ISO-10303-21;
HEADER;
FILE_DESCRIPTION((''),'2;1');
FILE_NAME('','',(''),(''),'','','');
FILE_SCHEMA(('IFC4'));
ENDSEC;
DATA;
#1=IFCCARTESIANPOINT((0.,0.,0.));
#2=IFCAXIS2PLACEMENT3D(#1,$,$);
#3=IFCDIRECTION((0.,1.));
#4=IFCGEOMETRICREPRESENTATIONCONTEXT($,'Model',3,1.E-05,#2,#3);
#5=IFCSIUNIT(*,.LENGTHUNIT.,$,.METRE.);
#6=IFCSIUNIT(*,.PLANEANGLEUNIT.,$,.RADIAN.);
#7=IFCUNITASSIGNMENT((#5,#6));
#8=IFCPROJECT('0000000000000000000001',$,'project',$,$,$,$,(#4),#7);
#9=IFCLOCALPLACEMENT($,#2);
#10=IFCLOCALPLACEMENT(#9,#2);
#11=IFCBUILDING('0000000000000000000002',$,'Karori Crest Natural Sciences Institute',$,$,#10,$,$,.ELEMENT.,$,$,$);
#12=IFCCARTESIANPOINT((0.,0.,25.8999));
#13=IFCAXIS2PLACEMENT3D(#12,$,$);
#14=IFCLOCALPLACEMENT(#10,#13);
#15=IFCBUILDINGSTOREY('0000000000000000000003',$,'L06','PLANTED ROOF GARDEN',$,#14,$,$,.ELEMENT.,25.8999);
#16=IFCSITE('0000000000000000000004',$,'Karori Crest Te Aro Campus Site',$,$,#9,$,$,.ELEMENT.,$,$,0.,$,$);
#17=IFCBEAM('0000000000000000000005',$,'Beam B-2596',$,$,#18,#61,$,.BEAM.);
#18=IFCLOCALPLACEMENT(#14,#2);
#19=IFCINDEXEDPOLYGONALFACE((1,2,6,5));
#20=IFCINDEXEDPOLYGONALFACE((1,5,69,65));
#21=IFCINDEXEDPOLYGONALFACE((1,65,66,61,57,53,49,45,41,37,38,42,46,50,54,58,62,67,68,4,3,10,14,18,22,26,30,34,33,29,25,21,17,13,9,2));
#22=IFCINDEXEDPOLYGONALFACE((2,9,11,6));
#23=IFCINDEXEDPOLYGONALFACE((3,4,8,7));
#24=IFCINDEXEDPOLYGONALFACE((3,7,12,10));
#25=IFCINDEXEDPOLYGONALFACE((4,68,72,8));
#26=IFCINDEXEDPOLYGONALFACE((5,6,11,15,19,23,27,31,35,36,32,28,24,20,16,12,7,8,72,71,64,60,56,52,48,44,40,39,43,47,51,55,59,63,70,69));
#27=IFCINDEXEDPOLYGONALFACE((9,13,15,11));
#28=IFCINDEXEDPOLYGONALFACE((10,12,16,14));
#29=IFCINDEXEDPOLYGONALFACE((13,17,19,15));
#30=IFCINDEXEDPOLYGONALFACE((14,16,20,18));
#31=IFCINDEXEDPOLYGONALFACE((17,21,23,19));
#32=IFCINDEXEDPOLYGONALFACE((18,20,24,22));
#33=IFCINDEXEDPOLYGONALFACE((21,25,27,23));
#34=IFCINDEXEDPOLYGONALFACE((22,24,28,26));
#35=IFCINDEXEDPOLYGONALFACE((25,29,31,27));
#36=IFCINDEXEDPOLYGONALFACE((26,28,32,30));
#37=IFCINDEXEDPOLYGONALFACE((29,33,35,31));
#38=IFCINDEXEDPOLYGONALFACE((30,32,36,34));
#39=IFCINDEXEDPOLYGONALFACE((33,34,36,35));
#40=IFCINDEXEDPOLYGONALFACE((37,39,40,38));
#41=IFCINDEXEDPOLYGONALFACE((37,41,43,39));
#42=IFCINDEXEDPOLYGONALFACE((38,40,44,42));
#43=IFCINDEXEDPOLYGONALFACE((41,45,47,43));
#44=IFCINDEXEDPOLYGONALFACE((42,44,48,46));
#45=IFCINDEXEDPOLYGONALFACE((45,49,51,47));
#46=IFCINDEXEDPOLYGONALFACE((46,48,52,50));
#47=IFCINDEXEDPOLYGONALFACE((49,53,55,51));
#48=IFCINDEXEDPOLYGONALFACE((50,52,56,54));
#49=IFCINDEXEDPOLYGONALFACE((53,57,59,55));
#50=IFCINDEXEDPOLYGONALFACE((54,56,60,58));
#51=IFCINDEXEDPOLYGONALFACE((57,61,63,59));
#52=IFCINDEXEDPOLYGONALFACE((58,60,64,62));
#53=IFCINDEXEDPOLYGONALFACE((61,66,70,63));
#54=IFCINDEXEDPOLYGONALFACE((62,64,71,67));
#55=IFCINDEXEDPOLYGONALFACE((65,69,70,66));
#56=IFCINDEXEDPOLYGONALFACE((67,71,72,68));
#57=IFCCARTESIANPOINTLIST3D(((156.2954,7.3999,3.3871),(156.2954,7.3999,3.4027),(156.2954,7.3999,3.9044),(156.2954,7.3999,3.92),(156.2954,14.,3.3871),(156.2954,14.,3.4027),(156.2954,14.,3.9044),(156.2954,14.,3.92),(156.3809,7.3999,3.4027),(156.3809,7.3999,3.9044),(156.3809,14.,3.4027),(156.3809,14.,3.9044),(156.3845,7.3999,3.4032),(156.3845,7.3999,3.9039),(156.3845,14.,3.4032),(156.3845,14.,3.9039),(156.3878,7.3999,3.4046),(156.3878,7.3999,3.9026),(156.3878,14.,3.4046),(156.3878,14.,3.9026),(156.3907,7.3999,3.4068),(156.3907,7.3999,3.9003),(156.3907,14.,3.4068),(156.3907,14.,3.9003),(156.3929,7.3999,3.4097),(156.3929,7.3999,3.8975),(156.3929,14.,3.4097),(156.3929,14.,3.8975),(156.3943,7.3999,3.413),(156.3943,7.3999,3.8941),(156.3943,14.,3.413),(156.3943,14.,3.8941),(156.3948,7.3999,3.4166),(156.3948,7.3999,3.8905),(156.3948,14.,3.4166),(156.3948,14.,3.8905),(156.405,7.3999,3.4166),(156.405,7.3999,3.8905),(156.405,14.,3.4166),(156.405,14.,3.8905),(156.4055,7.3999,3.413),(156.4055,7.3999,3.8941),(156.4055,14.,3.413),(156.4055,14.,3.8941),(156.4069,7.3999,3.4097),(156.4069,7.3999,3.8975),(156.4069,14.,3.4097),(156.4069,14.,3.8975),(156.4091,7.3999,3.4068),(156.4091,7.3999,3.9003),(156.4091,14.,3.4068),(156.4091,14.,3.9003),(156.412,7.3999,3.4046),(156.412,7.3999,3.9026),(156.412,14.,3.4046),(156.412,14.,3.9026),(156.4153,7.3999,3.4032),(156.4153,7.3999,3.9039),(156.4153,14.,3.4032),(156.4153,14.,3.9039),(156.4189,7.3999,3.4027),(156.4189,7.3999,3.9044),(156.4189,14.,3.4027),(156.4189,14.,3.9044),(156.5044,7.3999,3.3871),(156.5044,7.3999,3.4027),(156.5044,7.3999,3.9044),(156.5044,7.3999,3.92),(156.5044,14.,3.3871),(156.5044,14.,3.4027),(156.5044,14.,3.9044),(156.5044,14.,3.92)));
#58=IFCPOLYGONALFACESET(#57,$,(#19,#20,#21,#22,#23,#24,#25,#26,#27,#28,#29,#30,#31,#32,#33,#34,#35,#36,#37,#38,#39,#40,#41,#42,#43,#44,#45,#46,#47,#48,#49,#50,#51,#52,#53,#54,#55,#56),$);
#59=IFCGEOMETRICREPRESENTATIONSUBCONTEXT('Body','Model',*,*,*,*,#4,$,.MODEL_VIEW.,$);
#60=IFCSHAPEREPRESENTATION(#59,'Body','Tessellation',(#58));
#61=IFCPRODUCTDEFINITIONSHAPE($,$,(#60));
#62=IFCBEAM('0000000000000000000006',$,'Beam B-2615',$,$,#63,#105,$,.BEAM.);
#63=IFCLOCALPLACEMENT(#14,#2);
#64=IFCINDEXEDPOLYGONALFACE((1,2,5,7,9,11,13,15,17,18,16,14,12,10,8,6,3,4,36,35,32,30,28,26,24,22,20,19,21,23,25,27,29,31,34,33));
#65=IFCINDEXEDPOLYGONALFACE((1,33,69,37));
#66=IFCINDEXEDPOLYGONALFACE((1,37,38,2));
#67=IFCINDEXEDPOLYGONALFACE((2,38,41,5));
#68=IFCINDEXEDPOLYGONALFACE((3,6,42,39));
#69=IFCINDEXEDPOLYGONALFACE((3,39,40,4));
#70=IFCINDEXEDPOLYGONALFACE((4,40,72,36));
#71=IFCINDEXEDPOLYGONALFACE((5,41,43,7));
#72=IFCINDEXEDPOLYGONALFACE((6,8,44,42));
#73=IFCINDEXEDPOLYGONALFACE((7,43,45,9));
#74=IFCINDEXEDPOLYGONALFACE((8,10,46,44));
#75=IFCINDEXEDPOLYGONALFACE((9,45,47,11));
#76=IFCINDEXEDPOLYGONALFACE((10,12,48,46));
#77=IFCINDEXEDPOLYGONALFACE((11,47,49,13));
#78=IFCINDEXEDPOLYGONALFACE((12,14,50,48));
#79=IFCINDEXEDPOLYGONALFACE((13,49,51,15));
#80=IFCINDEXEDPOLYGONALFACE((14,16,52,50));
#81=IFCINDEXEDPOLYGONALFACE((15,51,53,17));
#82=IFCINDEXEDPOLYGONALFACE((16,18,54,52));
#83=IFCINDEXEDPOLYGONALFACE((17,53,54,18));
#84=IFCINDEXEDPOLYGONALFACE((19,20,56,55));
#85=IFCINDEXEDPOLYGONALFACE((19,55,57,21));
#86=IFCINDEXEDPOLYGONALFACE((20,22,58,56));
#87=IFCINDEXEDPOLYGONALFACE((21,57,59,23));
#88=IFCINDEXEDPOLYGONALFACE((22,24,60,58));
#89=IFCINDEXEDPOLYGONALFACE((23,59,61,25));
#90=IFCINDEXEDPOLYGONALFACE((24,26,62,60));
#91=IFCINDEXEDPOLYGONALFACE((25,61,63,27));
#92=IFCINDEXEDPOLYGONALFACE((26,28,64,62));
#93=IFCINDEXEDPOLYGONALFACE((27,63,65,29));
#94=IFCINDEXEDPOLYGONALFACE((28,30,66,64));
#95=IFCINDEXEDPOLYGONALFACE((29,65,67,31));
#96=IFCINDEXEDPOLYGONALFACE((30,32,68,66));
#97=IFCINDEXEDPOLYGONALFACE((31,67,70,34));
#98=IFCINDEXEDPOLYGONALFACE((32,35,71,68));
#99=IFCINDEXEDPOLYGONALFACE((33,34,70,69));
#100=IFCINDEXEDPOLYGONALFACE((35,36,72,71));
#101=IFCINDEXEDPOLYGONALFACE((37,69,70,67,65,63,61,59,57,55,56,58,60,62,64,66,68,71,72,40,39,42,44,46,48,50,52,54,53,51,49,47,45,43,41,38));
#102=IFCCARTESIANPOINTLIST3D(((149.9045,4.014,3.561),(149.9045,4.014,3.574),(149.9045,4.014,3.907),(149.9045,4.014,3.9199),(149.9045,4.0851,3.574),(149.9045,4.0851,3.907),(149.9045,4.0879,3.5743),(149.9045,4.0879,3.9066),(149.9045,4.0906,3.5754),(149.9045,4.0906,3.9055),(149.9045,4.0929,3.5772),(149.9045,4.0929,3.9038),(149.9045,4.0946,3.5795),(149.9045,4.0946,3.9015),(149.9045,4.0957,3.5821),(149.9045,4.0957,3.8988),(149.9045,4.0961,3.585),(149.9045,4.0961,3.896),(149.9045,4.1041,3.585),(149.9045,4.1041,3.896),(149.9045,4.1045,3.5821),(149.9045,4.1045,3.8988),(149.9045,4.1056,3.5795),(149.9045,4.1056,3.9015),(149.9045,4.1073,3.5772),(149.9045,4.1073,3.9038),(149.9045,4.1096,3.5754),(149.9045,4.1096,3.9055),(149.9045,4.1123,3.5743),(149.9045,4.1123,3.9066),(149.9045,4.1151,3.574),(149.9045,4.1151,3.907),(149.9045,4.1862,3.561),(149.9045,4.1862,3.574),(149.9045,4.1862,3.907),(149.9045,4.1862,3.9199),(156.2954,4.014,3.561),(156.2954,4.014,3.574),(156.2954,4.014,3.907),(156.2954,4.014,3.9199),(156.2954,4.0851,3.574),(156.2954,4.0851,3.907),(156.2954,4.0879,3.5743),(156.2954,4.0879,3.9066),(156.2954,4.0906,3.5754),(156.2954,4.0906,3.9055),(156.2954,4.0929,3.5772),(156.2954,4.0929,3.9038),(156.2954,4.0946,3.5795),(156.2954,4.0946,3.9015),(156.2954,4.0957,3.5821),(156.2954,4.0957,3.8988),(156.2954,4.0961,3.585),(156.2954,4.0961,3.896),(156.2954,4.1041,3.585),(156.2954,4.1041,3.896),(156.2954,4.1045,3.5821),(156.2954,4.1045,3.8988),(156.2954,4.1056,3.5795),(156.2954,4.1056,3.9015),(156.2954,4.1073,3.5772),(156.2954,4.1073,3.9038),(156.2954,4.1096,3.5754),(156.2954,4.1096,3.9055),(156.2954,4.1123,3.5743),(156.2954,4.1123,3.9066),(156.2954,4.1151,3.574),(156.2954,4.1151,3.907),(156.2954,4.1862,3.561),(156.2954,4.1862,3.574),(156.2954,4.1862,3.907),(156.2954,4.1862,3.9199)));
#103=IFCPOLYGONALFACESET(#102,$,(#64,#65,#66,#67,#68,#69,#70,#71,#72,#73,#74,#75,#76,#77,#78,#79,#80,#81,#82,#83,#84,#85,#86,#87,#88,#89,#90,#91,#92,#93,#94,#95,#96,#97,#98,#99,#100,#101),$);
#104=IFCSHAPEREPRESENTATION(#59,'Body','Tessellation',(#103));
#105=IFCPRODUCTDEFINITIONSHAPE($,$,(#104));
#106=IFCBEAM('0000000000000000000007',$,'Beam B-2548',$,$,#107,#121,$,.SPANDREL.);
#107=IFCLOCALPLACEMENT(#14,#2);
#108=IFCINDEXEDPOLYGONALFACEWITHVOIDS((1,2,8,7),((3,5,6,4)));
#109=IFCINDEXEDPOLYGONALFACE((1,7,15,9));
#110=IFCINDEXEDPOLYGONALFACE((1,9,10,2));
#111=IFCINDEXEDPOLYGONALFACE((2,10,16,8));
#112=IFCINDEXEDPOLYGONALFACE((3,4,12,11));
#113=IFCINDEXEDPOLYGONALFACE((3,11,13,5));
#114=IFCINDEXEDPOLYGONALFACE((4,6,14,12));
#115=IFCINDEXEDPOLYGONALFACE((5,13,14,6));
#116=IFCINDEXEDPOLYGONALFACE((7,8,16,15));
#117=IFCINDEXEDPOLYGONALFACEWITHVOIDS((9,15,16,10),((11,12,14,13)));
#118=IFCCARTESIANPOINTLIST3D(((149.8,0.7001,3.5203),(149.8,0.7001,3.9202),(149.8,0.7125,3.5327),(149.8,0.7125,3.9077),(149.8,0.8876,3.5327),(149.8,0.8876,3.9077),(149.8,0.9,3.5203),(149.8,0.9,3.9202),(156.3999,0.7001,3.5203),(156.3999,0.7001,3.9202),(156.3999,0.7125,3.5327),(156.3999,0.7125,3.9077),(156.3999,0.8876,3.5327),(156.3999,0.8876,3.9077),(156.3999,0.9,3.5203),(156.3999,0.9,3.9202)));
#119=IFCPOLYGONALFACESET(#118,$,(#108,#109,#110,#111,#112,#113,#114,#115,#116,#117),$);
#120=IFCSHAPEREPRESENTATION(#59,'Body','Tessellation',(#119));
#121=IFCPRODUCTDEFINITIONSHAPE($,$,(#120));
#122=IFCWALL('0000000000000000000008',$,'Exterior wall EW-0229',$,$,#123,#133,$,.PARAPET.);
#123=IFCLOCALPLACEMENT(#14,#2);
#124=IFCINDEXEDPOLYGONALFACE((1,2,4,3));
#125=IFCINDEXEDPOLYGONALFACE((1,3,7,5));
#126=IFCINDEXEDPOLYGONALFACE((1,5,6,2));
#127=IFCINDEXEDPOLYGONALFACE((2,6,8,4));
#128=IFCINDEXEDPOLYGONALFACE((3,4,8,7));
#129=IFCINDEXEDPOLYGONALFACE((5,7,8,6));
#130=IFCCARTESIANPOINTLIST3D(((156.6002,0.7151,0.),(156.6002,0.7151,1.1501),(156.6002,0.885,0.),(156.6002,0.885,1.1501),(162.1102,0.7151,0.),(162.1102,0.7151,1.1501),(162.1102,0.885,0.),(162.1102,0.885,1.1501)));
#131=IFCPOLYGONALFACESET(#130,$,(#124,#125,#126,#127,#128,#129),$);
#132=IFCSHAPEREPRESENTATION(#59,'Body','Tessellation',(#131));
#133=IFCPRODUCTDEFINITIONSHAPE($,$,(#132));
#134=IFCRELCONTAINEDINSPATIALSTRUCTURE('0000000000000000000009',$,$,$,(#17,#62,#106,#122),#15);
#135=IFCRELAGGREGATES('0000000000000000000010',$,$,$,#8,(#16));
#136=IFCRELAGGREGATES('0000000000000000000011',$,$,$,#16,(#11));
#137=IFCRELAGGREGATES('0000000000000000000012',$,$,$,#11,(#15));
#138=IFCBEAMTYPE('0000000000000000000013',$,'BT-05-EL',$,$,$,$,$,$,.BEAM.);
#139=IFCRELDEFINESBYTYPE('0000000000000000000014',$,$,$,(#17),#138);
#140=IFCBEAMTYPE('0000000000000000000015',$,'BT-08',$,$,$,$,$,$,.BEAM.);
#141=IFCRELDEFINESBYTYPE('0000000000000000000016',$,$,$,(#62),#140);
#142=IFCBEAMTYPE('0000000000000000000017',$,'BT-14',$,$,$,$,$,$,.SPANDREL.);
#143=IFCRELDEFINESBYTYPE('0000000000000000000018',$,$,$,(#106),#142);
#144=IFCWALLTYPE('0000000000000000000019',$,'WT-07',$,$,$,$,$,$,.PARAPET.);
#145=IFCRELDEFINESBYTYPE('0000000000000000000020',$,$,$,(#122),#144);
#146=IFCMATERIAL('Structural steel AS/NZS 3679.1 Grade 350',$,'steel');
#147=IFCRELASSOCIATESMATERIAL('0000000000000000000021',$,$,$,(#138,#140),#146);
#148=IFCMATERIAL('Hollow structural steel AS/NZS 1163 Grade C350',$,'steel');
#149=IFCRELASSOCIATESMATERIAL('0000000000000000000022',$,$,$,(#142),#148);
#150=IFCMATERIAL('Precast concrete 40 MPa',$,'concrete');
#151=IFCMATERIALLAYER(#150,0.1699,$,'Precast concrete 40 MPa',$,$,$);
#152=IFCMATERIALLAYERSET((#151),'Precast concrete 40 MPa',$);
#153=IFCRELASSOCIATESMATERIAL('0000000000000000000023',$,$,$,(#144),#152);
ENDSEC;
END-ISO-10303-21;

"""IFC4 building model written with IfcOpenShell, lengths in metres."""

from ifc_helpers import new_model, si_unit, direction, frame, frame_2d, origin, origin_2d, place, context, subcontext, project, spatial, rectangle, hollow_rectangle, i_section, extrude, material, layer, layer_set, material_profile, profile_set, type_object, element, save


model = new_model("IFC4")

# Units and contexts
model_context = context("Model", 3, precision=1e-05, world=origin(), true_north=direction((0.0, 1.0)))
body_context = subcontext(model_context, "Body", "Model", "MODEL_VIEW")
ifc_project = project(units=[si_unit("LENGTHUNIT", "METRE"), si_unit("PLANEANGLEUNIT", "RADIAN")], contexts=[model_context])

# Site, building, storey
site_placement = place(None, origin())
site = spatial("IfcSite", under=ifc_project, at=site_placement, Name="Karori Crest Te Aro Campus Site", CompositionType="ELEMENT", RefElevation=0.0)
building_placement = place(site_placement, origin())
building = spatial("IfcBuilding", under=site, at=building_placement, Name="Karori Crest Natural Sciences Institute", CompositionType="ELEMENT")
storey_placement = place(building_placement, frame((0.0, 0.0, 25.8999)))
storey = spatial("IfcBuildingStorey", under=building, at=storey_placement, Name="L06", Description="PLANTED ROOF GARDEN", CompositionType="ELEMENT", Elevation=25.8999)

# Shared definitions
ifc_material_1 = material(Name="Structural steel AS/NZS 3679.1 Grade 350", Category="steel")

# Beams
ifc_material_profile_1 = material_profile(ifc_material_1, i_section(OverallWidth=0.209, OverallDepth=0.533, WebThickness=0.0103, FlangeThickness=0.0156, FilletRadius=0.0139, at=origin_2d()), Name="530UB92.4")
ifc_profile_set_1 = profile_set([ifc_material_profile_1], Name="Structural steel AS/NZS 3679.1 Grade 350")
beam_type_1 = type_object("IfcBeamType", Name="BT-05-EL", PredefinedType="BEAM", material=ifc_profile_set_1)
beam_1_placement = place(storey_placement, frame((156.3999, 7.3999, 3.6536), z_axis=(0.0, 1.0, 0.0), x_axis=(-1.0, 0.0, 0.0)))
element("IfcBeam", 1, at=beam_1_placement, inside=storey, type_object=beam_type_1, Name="Beam B-2596", PredefinedType="BEAM", context=body_context, shape_type="SweptSolid", body=[
    extrude(i_section(OverallWidth=0.209, OverallDepth=0.533, WebThickness=0.0103, FlangeThickness=0.0156, FilletRadius=0.0139, at=origin_2d()), origin(), (0.0, 0.0, 1.0), 6.6001),
])
ifc_material_profile_2 = material_profile(ifc_material_1, i_section(OverallWidth=0.1721, OverallDepth=0.3589, WebThickness=0.0081, FlangeThickness=0.0129, FilletRadius=0.011, at=origin_2d()), Name="360UB56.7")
ifc_profile_set_2 = profile_set([ifc_material_profile_2], Name="Structural steel AS/NZS 3679.1 Grade 350")
beam_type_2 = type_object("IfcBeamType", Name="BT-08", PredefinedType="BEAM", material=ifc_profile_set_2)
beam_2_placement = place(storey_placement, frame((149.9045, 4.1001, 3.7405), z_axis=(1.0, 0.0, 0.0), x_axis=(0.0, 1.0, 0.0)))
element("IfcBeam", 2, at=beam_2_placement, inside=storey, type_object=beam_type_2, Name="Beam B-2615", PredefinedType="BEAM", context=body_context, shape_type="SweptSolid", body=[
    extrude(i_section(OverallWidth=0.1721, OverallDepth=0.3589, WebThickness=0.0081, FlangeThickness=0.0129, FilletRadius=0.011, at=origin_2d()), origin(), (0.0, 0.0, 1.0), 6.3909),
])
ifc_material_2 = material(Name="Hollow structural steel AS/NZS 1163 Grade C350", Category="steel")
ifc_material_profile_3 = material_profile(ifc_material_2, hollow_rectangle(XDim=0.2, YDim=0.3999, WallThickness=0.0125, at=origin_2d()), Name="RHS400x200x12.5")
ifc_profile_set_3 = profile_set([ifc_material_profile_3], Name="Hollow structural steel AS/NZS 1163 Grade C350")
beam_type_3 = type_object("IfcBeamType", Name="BT-14", PredefinedType="SPANDREL", material=ifc_profile_set_3)
beam_3_placement = place(storey_placement, frame((149.8, 0.8, 3.7202), z_axis=(1.0, 0.0, 0.0), x_axis=(0.0, 1.0, 0.0)))
element("IfcBeam", 3, at=beam_3_placement, inside=storey, type_object=beam_type_3, Name="Beam B-2548", PredefinedType="SPANDREL", context=body_context, shape_type="SweptSolid", body=[
    extrude(hollow_rectangle(XDim=0.2, YDim=0.3999, WallThickness=0.0125, at=origin_2d()), origin(), (0.0, 0.0, 1.0), 6.5999),
])

# Shared definitions
ifc_material_3 = material(Name="Precast concrete 40 MPa", Category="concrete")

# Wall
ifc_layer_1 = layer(ifc_material_3, 0.1699, Name="Precast concrete 40 MPa")
ifc_layer_set_1 = layer_set([ifc_layer_1], Name="Precast concrete 40 MPa")
wall_type_1 = type_object("IfcWallType", Name="WT-07", PredefinedType="PARAPET", material=ifc_layer_set_1)
wall_1_placement = place(storey_placement, frame((162.1101, 0.8, 0.0), z_axis=(0.0, 0.0, 1.0), x_axis=(-1.0, 0.0, 0.0)))
element("IfcWall", 4, at=wall_1_placement, inside=storey, type_object=wall_type_1, Name="Exterior wall EW-0229", PredefinedType="PARAPET", context=body_context, shape_type="SweptSolid", body=[
    extrude(rectangle(XDim=5.51, YDim=0.1699, at=frame_2d((2.7549, 0.0))), origin(), (0.0, 0.0, 1.0), 1.1501),
])

save(model, "model.ifc")
